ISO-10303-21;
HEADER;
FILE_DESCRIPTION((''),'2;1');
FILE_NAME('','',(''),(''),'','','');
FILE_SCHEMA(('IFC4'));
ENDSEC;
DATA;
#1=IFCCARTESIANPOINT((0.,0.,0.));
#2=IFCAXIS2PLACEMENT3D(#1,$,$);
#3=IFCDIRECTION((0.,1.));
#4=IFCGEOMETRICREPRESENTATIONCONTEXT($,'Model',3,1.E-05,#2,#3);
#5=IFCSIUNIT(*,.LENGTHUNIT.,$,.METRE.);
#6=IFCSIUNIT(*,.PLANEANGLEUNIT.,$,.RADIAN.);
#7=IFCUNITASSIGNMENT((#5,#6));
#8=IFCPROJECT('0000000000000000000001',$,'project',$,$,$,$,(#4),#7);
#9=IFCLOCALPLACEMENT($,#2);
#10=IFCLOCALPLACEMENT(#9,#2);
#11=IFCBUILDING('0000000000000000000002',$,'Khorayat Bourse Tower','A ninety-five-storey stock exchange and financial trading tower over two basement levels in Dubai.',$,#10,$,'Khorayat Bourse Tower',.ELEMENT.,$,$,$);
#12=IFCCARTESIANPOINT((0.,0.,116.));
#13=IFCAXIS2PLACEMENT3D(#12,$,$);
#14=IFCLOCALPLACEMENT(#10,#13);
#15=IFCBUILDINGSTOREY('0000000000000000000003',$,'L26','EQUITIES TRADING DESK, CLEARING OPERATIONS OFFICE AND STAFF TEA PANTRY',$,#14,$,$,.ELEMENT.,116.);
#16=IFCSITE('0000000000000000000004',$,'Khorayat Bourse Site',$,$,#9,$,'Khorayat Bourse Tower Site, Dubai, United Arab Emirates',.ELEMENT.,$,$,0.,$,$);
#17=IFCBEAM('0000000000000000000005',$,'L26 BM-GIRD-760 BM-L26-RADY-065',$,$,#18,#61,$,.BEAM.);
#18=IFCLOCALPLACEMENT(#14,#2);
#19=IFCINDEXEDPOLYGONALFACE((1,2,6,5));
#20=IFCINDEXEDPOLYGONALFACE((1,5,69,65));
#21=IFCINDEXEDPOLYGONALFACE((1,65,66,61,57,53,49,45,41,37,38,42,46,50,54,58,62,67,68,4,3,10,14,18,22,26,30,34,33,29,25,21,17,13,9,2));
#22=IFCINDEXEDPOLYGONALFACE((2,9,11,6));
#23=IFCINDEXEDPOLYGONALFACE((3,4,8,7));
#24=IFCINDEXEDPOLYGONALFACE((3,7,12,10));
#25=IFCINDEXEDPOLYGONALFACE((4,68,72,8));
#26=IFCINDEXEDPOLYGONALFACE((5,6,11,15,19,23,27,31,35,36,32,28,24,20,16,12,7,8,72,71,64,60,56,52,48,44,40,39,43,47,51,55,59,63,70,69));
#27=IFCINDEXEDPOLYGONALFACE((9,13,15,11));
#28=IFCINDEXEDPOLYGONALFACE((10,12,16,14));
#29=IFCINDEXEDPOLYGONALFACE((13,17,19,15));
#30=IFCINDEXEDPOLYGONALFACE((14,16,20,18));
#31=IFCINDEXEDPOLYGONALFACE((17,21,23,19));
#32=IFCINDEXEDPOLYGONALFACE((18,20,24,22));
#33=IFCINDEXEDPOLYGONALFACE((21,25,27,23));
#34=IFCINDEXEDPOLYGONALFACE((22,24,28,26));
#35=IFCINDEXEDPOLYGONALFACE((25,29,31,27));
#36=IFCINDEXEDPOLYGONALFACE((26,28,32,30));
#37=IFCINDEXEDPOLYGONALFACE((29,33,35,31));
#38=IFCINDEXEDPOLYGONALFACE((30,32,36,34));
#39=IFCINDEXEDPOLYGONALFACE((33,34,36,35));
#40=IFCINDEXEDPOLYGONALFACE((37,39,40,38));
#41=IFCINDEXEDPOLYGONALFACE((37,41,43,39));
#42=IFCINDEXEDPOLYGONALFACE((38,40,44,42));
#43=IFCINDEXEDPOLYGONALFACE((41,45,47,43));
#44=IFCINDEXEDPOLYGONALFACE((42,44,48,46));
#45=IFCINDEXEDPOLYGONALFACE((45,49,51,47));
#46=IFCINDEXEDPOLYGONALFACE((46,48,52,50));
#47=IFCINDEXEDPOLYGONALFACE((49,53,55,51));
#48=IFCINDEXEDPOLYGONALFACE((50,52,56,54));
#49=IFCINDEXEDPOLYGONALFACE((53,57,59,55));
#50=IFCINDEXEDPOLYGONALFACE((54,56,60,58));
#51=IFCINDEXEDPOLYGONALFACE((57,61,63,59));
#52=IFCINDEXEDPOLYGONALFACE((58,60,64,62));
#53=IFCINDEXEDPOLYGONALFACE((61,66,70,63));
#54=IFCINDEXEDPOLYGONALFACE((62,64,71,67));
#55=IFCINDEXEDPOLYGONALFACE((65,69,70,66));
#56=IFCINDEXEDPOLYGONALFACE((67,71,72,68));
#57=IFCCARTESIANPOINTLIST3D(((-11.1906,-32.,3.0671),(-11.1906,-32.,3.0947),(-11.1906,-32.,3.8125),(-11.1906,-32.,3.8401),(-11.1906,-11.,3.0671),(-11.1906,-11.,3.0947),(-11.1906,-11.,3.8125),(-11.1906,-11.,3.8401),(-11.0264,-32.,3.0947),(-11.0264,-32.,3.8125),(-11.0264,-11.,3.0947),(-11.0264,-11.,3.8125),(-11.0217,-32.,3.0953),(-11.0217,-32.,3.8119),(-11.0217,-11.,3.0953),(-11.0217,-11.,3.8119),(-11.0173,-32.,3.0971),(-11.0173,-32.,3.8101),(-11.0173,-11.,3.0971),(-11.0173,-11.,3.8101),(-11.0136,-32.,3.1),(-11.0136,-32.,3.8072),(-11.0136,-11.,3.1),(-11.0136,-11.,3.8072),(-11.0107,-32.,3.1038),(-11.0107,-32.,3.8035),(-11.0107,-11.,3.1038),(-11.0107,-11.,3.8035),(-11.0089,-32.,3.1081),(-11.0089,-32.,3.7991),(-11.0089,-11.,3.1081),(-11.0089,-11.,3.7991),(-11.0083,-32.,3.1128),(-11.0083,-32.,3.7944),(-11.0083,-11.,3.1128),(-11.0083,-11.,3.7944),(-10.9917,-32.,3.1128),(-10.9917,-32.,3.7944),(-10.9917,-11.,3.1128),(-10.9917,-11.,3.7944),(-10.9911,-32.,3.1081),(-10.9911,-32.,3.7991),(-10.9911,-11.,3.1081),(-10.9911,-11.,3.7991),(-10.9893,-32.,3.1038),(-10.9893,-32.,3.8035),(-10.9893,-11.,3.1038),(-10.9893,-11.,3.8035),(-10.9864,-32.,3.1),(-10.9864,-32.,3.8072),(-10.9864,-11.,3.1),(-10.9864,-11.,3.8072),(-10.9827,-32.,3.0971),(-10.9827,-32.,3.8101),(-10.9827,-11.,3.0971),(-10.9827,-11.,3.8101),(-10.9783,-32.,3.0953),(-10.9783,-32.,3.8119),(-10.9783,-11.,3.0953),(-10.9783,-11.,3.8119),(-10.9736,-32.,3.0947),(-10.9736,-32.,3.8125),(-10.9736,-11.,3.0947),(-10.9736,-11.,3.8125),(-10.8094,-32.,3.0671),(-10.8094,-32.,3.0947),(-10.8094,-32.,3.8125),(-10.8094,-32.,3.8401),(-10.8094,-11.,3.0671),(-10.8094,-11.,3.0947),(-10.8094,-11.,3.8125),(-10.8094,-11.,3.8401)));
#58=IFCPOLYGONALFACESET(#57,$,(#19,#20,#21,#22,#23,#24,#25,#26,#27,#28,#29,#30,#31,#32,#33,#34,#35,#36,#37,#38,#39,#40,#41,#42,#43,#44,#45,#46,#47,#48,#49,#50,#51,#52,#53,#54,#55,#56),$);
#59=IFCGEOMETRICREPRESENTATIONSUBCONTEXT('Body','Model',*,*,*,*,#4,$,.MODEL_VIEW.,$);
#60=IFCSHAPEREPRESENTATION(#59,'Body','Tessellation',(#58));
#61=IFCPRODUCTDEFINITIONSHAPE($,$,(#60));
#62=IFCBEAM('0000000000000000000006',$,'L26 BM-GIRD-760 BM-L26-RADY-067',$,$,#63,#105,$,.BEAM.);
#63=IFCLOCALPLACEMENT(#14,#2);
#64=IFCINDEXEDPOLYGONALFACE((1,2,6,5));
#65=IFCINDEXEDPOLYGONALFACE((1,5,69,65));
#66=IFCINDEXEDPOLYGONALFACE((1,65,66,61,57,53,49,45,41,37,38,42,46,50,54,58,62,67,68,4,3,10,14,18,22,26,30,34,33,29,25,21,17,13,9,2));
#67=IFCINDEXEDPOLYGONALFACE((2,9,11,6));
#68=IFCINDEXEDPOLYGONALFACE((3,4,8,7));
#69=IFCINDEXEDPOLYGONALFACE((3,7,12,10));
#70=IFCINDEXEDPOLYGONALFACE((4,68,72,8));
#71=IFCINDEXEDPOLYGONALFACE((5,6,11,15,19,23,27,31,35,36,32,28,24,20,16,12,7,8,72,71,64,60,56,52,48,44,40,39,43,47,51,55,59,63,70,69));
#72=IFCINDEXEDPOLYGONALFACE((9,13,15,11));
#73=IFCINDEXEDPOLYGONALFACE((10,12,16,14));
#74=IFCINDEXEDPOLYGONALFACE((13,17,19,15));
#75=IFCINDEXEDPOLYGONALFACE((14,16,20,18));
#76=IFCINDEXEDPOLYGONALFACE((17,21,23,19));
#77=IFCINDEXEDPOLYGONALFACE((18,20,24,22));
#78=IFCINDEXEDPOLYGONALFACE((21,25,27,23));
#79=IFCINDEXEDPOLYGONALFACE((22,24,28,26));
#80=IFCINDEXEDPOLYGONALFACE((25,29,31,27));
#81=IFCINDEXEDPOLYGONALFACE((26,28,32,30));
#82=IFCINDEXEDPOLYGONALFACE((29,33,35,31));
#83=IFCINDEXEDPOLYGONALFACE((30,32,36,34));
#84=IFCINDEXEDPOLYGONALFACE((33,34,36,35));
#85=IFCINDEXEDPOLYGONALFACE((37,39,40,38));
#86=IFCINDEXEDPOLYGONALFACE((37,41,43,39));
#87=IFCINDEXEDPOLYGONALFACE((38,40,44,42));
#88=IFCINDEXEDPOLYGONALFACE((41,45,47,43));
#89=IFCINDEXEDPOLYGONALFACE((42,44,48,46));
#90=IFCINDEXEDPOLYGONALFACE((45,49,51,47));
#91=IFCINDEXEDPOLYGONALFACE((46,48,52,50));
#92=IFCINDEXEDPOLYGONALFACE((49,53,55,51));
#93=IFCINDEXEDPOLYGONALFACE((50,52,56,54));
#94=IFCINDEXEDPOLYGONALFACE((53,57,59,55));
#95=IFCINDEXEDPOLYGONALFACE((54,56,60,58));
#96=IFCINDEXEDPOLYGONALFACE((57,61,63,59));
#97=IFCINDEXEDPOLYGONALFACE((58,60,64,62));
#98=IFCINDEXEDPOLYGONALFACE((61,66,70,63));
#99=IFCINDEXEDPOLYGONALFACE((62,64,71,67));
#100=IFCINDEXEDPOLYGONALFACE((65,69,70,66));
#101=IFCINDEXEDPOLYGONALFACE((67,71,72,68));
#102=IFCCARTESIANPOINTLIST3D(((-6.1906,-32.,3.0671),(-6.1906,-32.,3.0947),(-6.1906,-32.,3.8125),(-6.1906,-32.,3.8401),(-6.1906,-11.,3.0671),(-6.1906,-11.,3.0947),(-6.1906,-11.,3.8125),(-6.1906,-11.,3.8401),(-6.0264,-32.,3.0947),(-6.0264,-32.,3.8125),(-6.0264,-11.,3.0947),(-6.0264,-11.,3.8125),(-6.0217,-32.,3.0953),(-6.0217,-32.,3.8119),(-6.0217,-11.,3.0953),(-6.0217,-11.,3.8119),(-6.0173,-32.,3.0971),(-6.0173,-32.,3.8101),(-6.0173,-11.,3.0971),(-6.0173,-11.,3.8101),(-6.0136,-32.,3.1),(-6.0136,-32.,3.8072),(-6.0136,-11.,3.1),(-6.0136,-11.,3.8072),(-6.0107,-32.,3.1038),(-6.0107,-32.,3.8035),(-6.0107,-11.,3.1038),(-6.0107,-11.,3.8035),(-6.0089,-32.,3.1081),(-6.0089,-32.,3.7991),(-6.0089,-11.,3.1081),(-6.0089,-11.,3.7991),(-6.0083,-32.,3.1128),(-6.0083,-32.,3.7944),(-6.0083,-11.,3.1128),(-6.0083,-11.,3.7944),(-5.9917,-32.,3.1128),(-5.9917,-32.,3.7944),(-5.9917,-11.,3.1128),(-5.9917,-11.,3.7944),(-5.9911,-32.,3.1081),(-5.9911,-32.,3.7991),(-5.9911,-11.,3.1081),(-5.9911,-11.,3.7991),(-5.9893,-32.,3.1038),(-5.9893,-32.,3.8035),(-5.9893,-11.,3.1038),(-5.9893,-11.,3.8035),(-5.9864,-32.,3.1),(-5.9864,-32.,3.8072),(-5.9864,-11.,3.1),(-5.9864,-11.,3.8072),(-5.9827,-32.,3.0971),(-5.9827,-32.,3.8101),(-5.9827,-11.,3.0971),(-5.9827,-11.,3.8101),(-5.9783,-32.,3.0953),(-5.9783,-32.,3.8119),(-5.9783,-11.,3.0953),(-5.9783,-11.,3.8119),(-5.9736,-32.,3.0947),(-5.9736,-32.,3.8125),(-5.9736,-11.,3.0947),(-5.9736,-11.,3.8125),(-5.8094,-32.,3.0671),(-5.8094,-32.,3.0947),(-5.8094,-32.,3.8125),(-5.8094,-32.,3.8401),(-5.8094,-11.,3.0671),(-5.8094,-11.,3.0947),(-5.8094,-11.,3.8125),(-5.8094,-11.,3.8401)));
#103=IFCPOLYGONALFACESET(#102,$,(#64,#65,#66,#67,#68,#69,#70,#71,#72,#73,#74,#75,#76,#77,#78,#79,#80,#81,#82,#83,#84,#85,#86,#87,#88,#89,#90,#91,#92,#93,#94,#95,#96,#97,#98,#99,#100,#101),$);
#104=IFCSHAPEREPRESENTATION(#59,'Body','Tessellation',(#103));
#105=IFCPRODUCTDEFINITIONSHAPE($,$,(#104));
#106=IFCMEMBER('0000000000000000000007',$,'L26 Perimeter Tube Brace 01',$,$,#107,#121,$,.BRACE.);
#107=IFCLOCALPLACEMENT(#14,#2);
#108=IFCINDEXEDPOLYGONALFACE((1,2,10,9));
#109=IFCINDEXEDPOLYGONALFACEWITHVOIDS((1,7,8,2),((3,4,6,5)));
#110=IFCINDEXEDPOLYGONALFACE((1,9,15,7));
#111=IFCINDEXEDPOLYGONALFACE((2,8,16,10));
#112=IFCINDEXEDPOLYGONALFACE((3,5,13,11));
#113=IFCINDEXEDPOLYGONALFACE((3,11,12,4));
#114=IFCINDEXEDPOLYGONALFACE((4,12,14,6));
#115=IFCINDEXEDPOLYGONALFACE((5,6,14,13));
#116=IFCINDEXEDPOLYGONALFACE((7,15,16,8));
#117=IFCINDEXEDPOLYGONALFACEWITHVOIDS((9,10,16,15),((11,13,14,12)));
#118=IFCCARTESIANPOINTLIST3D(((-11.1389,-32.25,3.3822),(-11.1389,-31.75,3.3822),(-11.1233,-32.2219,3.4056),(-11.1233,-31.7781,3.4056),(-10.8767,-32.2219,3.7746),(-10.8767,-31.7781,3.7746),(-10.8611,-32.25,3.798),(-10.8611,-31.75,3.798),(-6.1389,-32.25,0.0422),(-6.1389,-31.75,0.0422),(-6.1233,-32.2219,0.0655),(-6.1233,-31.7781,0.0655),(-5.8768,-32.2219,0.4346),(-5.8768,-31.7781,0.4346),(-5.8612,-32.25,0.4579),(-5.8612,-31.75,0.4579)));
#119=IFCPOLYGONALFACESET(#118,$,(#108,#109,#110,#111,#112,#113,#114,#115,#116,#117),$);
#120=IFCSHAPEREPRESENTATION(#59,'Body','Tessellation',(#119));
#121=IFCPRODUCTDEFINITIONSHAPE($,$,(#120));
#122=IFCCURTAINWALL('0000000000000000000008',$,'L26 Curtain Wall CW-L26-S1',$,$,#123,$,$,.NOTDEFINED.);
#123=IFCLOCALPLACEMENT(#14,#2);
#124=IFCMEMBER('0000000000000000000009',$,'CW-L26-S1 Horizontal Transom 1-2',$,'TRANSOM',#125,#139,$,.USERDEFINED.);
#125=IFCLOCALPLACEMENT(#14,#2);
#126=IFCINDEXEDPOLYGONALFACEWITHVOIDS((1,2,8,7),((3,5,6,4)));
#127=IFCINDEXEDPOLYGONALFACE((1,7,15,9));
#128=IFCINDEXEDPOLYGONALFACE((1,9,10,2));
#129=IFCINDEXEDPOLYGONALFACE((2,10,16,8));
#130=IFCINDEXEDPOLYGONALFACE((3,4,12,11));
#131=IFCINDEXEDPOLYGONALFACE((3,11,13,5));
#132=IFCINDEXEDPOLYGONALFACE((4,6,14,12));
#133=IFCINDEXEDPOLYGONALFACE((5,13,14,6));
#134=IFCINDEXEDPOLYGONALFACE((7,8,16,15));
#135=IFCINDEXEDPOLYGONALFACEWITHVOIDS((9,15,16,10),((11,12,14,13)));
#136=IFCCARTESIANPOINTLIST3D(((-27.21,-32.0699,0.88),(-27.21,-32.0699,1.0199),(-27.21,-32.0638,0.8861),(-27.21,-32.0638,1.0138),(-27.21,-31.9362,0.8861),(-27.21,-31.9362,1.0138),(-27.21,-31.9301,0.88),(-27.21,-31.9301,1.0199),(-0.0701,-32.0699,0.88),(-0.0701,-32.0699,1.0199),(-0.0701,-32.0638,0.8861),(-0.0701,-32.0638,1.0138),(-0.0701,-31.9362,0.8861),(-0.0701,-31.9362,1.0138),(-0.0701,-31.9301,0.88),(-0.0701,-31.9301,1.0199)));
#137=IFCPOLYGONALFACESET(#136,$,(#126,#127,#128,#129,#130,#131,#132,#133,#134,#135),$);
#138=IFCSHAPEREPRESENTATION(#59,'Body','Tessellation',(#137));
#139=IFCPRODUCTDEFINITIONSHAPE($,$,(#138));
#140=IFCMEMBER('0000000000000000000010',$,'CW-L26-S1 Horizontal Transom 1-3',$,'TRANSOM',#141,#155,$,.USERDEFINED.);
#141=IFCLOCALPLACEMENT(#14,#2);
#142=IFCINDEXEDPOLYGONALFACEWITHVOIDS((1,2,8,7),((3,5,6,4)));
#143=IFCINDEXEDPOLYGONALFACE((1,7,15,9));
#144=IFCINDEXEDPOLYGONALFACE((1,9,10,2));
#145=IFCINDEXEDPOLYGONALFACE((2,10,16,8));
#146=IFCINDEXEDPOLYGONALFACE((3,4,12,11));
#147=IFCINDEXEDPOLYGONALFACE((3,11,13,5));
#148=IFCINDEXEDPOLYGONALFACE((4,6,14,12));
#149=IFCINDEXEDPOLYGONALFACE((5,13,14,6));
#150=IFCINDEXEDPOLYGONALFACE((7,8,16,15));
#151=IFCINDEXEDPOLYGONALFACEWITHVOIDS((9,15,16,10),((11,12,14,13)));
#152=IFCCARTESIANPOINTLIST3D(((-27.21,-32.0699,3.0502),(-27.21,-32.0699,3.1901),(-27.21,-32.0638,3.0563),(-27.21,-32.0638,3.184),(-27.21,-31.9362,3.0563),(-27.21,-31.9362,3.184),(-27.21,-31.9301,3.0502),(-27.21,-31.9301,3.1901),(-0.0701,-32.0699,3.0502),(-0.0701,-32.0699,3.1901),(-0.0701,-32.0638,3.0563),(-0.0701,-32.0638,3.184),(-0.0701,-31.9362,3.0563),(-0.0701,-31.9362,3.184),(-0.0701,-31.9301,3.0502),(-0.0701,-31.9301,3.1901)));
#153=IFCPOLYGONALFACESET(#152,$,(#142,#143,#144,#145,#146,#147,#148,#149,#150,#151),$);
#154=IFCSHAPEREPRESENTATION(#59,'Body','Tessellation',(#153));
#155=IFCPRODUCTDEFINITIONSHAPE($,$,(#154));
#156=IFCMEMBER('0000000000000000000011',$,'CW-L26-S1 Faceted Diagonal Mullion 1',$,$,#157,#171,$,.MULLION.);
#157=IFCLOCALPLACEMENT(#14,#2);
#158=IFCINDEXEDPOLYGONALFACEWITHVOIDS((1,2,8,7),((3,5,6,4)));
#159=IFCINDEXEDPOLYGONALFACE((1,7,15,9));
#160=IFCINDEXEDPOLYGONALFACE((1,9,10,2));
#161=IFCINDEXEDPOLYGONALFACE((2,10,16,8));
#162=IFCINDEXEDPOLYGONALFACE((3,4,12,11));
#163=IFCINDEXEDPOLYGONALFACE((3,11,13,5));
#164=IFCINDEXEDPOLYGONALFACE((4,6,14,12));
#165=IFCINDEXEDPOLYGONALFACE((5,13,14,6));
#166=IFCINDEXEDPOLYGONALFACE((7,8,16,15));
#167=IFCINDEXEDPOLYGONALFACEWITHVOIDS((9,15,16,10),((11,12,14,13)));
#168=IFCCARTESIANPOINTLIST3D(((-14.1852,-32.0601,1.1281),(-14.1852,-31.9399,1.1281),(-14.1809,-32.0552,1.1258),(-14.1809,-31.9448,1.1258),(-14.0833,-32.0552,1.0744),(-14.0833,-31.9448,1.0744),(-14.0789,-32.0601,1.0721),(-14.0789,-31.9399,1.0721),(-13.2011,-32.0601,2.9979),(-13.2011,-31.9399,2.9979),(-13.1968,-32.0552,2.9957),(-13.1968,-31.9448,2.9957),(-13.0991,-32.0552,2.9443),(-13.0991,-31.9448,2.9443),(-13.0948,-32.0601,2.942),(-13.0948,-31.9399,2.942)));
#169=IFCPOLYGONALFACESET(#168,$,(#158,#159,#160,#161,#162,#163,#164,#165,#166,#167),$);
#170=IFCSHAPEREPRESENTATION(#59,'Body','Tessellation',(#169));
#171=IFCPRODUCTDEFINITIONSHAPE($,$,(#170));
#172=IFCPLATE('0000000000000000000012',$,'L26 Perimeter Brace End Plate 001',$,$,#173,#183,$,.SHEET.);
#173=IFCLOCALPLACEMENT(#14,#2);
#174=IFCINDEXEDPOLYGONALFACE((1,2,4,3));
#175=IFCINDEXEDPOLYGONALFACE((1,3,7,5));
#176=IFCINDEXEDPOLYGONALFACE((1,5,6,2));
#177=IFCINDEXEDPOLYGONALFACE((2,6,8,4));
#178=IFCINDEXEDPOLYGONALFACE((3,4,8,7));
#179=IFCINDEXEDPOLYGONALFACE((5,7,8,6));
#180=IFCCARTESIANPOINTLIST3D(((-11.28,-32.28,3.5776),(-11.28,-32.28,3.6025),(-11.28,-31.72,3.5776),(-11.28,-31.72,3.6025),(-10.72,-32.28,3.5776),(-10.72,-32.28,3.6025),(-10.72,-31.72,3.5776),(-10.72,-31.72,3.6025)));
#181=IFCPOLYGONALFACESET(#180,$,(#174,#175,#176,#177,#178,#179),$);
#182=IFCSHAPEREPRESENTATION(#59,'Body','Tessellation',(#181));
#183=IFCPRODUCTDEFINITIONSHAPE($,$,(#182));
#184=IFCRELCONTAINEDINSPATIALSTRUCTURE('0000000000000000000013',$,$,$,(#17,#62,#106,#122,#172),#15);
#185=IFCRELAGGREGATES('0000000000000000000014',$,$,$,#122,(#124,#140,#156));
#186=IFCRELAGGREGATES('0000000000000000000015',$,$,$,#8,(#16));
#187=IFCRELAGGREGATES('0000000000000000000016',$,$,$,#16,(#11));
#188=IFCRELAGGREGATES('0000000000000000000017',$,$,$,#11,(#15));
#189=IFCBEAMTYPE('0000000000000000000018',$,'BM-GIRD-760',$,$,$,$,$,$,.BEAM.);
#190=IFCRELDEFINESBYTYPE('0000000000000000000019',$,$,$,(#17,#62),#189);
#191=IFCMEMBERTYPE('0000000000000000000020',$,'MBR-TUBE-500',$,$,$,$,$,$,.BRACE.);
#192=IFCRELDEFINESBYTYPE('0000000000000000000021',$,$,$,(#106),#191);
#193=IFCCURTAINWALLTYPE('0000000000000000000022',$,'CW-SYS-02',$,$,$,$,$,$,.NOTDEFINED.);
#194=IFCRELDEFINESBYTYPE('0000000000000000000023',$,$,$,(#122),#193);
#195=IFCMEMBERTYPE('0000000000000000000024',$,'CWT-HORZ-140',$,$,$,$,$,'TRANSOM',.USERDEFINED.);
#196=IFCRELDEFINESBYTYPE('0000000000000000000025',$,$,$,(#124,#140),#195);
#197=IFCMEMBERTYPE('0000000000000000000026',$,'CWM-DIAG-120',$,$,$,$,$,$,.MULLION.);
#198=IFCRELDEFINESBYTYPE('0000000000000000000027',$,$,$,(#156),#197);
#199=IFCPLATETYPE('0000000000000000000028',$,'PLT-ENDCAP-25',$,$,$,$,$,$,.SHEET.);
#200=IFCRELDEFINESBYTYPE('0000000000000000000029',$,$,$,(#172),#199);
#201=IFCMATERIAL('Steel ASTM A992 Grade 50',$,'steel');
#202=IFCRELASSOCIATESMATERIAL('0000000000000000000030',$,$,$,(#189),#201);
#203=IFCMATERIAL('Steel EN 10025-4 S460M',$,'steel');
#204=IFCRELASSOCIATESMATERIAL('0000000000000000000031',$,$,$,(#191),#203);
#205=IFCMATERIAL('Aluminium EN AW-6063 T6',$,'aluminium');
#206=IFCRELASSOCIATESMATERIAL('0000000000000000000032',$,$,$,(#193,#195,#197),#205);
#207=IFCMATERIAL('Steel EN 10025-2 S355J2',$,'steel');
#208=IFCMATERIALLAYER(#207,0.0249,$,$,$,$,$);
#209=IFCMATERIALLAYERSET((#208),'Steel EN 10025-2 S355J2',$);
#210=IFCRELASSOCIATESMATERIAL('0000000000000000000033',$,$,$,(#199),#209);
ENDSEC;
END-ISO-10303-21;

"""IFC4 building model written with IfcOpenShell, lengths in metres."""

from ifc_helpers import new_model, si_unit, direction, frame, origin, origin_2d, place, context, subcontext, project, spatial, rectangle, hollow_rectangle, i_section, extrude, source, transform, mapped, material, layer, layer_set, material_profile, profile_set, type_object, element, aggregate, save


model = new_model("IFC4")

# Units and contexts
model_context = context("Model", 3, precision=1e-05, world=origin(), true_north=direction((0.0, 1.0)))
body_context = subcontext(model_context, "Body", "Model", "MODEL_VIEW")
ifc_project = project(units=[si_unit("LENGTHUNIT", "METRE"), si_unit("PLANEANGLEUNIT", "RADIAN")], contexts=[model_context])

# Site, building, storey
site_placement = place(None, origin())
site = spatial("IfcSite", under=ifc_project, at=site_placement, Name="Khorayat Bourse Site", LongName="Khorayat Bourse Tower Site, Dubai, United Arab Emirates", CompositionType="ELEMENT", RefElevation=0.0)
building_placement = place(site_placement, origin())
building = spatial("IfcBuilding", under=site, at=building_placement, Name="Khorayat Bourse Tower", Description="A ninety-five-storey stock exchange and financial trading tower over two basement levels in Dubai.", LongName="Khorayat Bourse Tower", CompositionType="ELEMENT")
storey_placement = place(building_placement, frame((0.0, 0.0, 116.0)))
storey = spatial("IfcBuildingStorey", under=building, at=storey_placement, Name="L26", Description="EQUITIES TRADING DESK, CLEARING OPERATIONS OFFICE AND STAFF TEA PANTRY", CompositionType="ELEMENT", Elevation=116.0)

# Shared definitions
ifc_material_1 = material(Name="Steel EN 10025-4 S460M", Category="steel")

# Beams
ifc_material_2 = material(Name="Steel ASTM A992 Grade 50", Category="steel")
ifc_material_profile_1 = material_profile(ifc_material_2, i_section(OverallWidth=0.3811, OverallDepth=0.7729, WebThickness=0.0166, FlangeThickness=0.0276, FilletRadius=0.0181, at=origin_2d()), Name="W760X257")
ifc_profile_set_1 = profile_set([ifc_material_profile_1], Name="Steel ASTM A992 Grade 50")
beam_type_1 = type_object("IfcBeamType", Name="BM-GIRD-760", PredefinedType="BEAM", material=ifc_profile_set_1)
shared_shape_1 = source(origin(), body_context, "Body", "SweptSolid", [
    extrude(i_section(OverallWidth=0.3811, OverallDepth=0.7729, WebThickness=0.0166, FlangeThickness=0.0276, FilletRadius=0.0181, at=origin_2d()), origin(), (0.0, 0.0, 1.0), 21.0),
])
for number, where, z_axis, x_axis, name in (
    (1, (-11.0, -32.0, 3.4536), (0.0, 1.0, 0.0), (-1.0, 0.0, 0.0), "L26 BM-GIRD-760 BM-L26-RADY-065"),
    (2, (-6.0, -32.0, 3.4536), (0.0, 1.0, 0.0), (-1.0, 0.0, 0.0), "L26 BM-GIRD-760 BM-L26-RADY-067"),
):
    element("IfcBeam", number, at=place(storey_placement, frame(where, z_axis=z_axis, x_axis=x_axis)), inside=storey, type_object=beam_type_1, Name=name, PredefinedType="BEAM", context=body_context, shape_type="MappedRepresentation", body=[
        mapped(shared_shape_1, transform((0.0, 0.0, 0.0), scale=1.0)),
    ])

# Member
ifc_material_profile_2 = material_profile(ifc_material_1, hollow_rectangle(XDim=0.5, YDim=0.5, WallThickness=0.0281, at=origin_2d()), Name="HSS 500x500x28")
ifc_profile_set_2 = profile_set([ifc_material_profile_2], Name="Steel EN 10025-4 S460M")
member_type_1 = type_object("IfcMemberType", Name="MBR-TUBE-500", PredefinedType="BRACE", material=ifc_profile_set_2)
shared_shape_2 = source(origin(), body_context, "Body", "SweptSolid", [
    extrude(hollow_rectangle(XDim=0.5, YDim=0.5, WallThickness=0.0281, at=origin_2d()), origin(), (0.0, 0.0, 1.0), 6.0129),
])
member_1_placement = place(storey_placement, frame((-11.0, -32.0, 3.5901), z_axis=(0.831531, 0.0, -0.555478), x_axis=(0.0, 1.0, 0.0)))
element("IfcMember", 3, at=member_1_placement, inside=storey, type_object=member_type_1, Name="L26 Perimeter Tube Brace 01", PredefinedType="BRACE", context=body_context, shape_type="MappedRepresentation", body=[
    mapped(shared_shape_2, transform((0.0, 0.0, 0.0), scale=1.0)),
])

# Curtain wall, members
ifc_material_3 = material(Name="Aluminium EN AW-6063 T6", Category="aluminium")
curtain_wall_type = type_object("IfcCurtainWallType", Name="CW-SYS-02", PredefinedType="NOTDEFINED", material=ifc_material_3)
curtain_wall_placement = place(storey_placement, origin())
curtain_wall = element("IfcCurtainWall", 4, at=curtain_wall_placement, inside=storey, type_object=curtain_wall_type, Name="L26 Curtain Wall CW-L26-S1", PredefinedType="NOTDEFINED")
ifc_material_profile_3 = material_profile(ifc_material_3, hollow_rectangle(XDim=0.1399, YDim=0.1399, WallThickness=0.0061, at=origin_2d()), Name="ALU 140x140x6")
ifc_profile_set_3 = profile_set([ifc_material_profile_3], Name="Aluminium EN AW-6063 T6")
member_type_2 = type_object("IfcMemberType", Name="CWT-HORZ-140", ElementType="TRANSOM", PredefinedType="USERDEFINED", material=ifc_profile_set_3)
shared_shape_3 = source(origin(), body_context, "Body", "SweptSolid", [
    extrude(hollow_rectangle(XDim=0.1399, YDim=0.1399, WallThickness=0.0061, at=origin_2d()), origin(), (0.0, 0.0, 1.0), 27.1399),
])
member_2_placement = place(storey_placement, frame((-27.21, -32.0, 0.95), z_axis=(1.0, 0.0, 0.0), x_axis=(0.0, 1.0, 0.0)))
member_2 = element("IfcMember", 5, at=member_2_placement, type_object=member_type_2, Name="CW-L26-S1 Horizontal Transom 1-2", ObjectType="TRANSOM", PredefinedType="USERDEFINED", context=body_context, shape_type="MappedRepresentation", body=[
    mapped(shared_shape_3, transform((0.0, 0.0, 0.0), scale=1.0)),
])
member_3_placement = place(storey_placement, frame((-27.21, -32.0, 3.1201), z_axis=(1.0, 0.0, 0.0), x_axis=(0.0, 1.0, 0.0)))
member_3 = element("IfcMember", 6, at=member_3_placement, type_object=member_type_2, Name="CW-L26-S1 Horizontal Transom 1-3", ObjectType="TRANSOM", PredefinedType="USERDEFINED", context=body_context, shape_type="MappedRepresentation", body=[
    mapped(shared_shape_3, transform((0.0, 0.0, 0.0), scale=1.0)),
])
ifc_material_profile_4 = material_profile(ifc_material_3, hollow_rectangle(XDim=0.1201, YDim=0.1201, WallThickness=0.0049, at=origin_2d()), Name="ALU 120x120x5")
ifc_profile_set_4 = profile_set([ifc_material_profile_4], Name="Aluminium EN AW-6063 T6")
member_type_3 = type_object("IfcMemberType", Name="CWM-DIAG-120", PredefinedType="MULLION", material=ifc_profile_set_4)
shared_shape_4 = source(origin(), body_context, "Body", "SweptSolid", [
    extrude(hollow_rectangle(XDim=0.1201, YDim=0.1201, WallThickness=0.0049, at=origin_2d()), origin(), (0.0, 0.0, 1.0), 2.113),
])
member_4_placement = place(storey_placement, frame((-14.1321, -32.0, 1.1001), z_axis=(0.465742, 0.0, 0.884921), x_axis=(0.0, 1.0, 0.0)))
member_4 = element("IfcMember", 7, at=member_4_placement, type_object=member_type_3, Name="CW-L26-S1 Faceted Diagonal Mullion 1", PredefinedType="MULLION", context=body_context, shape_type="MappedRepresentation", body=[
    mapped(shared_shape_4, transform((0.0, 0.0, 0.0), scale=1.0)),
])

# Plate
ifc_material_4 = material(Name="Steel EN 10025-2 S355J2", Category="steel")
ifc_layer_1 = layer(ifc_material_4, 0.0249)
ifc_layer_set_1 = layer_set([ifc_layer_1], Name="Steel EN 10025-2 S355J2")
plate_type_1 = type_object("IfcPlateType", Name="PLT-ENDCAP-25", PredefinedType="SHEET", material=ifc_layer_set_1)
shared_shape_5 = source(origin(), body_context, "Body", "SweptSolid", [
    extrude(rectangle(XDim=0.5601, YDim=0.5601, at=origin_2d()), origin(), (0.0, 0.0, 1.0), 0.0249),
])
for number, where, z_axis, x_axis, name in (
    (8, (-11.0, -32.0, 3.5776), (0.0, 0.0, 1.0), (1.0, 0.0, 0.0), "L26 Perimeter Brace End Plate 001"),
):
    element("IfcPlate", number, at=place(storey_placement, frame(where, z_axis=z_axis, x_axis=x_axis)), inside=storey, type_object=plate_type_1, Name=name, PredefinedType="SHEET", context=body_context, shape_type="MappedRepresentation", body=[
        mapped(shared_shape_5, transform((0.0, 0.0, 0.0), scale=1.0)),
    ])

aggregate(curtain_wall, [member_2, member_3, member_4])

save(model, "model.ifc")
